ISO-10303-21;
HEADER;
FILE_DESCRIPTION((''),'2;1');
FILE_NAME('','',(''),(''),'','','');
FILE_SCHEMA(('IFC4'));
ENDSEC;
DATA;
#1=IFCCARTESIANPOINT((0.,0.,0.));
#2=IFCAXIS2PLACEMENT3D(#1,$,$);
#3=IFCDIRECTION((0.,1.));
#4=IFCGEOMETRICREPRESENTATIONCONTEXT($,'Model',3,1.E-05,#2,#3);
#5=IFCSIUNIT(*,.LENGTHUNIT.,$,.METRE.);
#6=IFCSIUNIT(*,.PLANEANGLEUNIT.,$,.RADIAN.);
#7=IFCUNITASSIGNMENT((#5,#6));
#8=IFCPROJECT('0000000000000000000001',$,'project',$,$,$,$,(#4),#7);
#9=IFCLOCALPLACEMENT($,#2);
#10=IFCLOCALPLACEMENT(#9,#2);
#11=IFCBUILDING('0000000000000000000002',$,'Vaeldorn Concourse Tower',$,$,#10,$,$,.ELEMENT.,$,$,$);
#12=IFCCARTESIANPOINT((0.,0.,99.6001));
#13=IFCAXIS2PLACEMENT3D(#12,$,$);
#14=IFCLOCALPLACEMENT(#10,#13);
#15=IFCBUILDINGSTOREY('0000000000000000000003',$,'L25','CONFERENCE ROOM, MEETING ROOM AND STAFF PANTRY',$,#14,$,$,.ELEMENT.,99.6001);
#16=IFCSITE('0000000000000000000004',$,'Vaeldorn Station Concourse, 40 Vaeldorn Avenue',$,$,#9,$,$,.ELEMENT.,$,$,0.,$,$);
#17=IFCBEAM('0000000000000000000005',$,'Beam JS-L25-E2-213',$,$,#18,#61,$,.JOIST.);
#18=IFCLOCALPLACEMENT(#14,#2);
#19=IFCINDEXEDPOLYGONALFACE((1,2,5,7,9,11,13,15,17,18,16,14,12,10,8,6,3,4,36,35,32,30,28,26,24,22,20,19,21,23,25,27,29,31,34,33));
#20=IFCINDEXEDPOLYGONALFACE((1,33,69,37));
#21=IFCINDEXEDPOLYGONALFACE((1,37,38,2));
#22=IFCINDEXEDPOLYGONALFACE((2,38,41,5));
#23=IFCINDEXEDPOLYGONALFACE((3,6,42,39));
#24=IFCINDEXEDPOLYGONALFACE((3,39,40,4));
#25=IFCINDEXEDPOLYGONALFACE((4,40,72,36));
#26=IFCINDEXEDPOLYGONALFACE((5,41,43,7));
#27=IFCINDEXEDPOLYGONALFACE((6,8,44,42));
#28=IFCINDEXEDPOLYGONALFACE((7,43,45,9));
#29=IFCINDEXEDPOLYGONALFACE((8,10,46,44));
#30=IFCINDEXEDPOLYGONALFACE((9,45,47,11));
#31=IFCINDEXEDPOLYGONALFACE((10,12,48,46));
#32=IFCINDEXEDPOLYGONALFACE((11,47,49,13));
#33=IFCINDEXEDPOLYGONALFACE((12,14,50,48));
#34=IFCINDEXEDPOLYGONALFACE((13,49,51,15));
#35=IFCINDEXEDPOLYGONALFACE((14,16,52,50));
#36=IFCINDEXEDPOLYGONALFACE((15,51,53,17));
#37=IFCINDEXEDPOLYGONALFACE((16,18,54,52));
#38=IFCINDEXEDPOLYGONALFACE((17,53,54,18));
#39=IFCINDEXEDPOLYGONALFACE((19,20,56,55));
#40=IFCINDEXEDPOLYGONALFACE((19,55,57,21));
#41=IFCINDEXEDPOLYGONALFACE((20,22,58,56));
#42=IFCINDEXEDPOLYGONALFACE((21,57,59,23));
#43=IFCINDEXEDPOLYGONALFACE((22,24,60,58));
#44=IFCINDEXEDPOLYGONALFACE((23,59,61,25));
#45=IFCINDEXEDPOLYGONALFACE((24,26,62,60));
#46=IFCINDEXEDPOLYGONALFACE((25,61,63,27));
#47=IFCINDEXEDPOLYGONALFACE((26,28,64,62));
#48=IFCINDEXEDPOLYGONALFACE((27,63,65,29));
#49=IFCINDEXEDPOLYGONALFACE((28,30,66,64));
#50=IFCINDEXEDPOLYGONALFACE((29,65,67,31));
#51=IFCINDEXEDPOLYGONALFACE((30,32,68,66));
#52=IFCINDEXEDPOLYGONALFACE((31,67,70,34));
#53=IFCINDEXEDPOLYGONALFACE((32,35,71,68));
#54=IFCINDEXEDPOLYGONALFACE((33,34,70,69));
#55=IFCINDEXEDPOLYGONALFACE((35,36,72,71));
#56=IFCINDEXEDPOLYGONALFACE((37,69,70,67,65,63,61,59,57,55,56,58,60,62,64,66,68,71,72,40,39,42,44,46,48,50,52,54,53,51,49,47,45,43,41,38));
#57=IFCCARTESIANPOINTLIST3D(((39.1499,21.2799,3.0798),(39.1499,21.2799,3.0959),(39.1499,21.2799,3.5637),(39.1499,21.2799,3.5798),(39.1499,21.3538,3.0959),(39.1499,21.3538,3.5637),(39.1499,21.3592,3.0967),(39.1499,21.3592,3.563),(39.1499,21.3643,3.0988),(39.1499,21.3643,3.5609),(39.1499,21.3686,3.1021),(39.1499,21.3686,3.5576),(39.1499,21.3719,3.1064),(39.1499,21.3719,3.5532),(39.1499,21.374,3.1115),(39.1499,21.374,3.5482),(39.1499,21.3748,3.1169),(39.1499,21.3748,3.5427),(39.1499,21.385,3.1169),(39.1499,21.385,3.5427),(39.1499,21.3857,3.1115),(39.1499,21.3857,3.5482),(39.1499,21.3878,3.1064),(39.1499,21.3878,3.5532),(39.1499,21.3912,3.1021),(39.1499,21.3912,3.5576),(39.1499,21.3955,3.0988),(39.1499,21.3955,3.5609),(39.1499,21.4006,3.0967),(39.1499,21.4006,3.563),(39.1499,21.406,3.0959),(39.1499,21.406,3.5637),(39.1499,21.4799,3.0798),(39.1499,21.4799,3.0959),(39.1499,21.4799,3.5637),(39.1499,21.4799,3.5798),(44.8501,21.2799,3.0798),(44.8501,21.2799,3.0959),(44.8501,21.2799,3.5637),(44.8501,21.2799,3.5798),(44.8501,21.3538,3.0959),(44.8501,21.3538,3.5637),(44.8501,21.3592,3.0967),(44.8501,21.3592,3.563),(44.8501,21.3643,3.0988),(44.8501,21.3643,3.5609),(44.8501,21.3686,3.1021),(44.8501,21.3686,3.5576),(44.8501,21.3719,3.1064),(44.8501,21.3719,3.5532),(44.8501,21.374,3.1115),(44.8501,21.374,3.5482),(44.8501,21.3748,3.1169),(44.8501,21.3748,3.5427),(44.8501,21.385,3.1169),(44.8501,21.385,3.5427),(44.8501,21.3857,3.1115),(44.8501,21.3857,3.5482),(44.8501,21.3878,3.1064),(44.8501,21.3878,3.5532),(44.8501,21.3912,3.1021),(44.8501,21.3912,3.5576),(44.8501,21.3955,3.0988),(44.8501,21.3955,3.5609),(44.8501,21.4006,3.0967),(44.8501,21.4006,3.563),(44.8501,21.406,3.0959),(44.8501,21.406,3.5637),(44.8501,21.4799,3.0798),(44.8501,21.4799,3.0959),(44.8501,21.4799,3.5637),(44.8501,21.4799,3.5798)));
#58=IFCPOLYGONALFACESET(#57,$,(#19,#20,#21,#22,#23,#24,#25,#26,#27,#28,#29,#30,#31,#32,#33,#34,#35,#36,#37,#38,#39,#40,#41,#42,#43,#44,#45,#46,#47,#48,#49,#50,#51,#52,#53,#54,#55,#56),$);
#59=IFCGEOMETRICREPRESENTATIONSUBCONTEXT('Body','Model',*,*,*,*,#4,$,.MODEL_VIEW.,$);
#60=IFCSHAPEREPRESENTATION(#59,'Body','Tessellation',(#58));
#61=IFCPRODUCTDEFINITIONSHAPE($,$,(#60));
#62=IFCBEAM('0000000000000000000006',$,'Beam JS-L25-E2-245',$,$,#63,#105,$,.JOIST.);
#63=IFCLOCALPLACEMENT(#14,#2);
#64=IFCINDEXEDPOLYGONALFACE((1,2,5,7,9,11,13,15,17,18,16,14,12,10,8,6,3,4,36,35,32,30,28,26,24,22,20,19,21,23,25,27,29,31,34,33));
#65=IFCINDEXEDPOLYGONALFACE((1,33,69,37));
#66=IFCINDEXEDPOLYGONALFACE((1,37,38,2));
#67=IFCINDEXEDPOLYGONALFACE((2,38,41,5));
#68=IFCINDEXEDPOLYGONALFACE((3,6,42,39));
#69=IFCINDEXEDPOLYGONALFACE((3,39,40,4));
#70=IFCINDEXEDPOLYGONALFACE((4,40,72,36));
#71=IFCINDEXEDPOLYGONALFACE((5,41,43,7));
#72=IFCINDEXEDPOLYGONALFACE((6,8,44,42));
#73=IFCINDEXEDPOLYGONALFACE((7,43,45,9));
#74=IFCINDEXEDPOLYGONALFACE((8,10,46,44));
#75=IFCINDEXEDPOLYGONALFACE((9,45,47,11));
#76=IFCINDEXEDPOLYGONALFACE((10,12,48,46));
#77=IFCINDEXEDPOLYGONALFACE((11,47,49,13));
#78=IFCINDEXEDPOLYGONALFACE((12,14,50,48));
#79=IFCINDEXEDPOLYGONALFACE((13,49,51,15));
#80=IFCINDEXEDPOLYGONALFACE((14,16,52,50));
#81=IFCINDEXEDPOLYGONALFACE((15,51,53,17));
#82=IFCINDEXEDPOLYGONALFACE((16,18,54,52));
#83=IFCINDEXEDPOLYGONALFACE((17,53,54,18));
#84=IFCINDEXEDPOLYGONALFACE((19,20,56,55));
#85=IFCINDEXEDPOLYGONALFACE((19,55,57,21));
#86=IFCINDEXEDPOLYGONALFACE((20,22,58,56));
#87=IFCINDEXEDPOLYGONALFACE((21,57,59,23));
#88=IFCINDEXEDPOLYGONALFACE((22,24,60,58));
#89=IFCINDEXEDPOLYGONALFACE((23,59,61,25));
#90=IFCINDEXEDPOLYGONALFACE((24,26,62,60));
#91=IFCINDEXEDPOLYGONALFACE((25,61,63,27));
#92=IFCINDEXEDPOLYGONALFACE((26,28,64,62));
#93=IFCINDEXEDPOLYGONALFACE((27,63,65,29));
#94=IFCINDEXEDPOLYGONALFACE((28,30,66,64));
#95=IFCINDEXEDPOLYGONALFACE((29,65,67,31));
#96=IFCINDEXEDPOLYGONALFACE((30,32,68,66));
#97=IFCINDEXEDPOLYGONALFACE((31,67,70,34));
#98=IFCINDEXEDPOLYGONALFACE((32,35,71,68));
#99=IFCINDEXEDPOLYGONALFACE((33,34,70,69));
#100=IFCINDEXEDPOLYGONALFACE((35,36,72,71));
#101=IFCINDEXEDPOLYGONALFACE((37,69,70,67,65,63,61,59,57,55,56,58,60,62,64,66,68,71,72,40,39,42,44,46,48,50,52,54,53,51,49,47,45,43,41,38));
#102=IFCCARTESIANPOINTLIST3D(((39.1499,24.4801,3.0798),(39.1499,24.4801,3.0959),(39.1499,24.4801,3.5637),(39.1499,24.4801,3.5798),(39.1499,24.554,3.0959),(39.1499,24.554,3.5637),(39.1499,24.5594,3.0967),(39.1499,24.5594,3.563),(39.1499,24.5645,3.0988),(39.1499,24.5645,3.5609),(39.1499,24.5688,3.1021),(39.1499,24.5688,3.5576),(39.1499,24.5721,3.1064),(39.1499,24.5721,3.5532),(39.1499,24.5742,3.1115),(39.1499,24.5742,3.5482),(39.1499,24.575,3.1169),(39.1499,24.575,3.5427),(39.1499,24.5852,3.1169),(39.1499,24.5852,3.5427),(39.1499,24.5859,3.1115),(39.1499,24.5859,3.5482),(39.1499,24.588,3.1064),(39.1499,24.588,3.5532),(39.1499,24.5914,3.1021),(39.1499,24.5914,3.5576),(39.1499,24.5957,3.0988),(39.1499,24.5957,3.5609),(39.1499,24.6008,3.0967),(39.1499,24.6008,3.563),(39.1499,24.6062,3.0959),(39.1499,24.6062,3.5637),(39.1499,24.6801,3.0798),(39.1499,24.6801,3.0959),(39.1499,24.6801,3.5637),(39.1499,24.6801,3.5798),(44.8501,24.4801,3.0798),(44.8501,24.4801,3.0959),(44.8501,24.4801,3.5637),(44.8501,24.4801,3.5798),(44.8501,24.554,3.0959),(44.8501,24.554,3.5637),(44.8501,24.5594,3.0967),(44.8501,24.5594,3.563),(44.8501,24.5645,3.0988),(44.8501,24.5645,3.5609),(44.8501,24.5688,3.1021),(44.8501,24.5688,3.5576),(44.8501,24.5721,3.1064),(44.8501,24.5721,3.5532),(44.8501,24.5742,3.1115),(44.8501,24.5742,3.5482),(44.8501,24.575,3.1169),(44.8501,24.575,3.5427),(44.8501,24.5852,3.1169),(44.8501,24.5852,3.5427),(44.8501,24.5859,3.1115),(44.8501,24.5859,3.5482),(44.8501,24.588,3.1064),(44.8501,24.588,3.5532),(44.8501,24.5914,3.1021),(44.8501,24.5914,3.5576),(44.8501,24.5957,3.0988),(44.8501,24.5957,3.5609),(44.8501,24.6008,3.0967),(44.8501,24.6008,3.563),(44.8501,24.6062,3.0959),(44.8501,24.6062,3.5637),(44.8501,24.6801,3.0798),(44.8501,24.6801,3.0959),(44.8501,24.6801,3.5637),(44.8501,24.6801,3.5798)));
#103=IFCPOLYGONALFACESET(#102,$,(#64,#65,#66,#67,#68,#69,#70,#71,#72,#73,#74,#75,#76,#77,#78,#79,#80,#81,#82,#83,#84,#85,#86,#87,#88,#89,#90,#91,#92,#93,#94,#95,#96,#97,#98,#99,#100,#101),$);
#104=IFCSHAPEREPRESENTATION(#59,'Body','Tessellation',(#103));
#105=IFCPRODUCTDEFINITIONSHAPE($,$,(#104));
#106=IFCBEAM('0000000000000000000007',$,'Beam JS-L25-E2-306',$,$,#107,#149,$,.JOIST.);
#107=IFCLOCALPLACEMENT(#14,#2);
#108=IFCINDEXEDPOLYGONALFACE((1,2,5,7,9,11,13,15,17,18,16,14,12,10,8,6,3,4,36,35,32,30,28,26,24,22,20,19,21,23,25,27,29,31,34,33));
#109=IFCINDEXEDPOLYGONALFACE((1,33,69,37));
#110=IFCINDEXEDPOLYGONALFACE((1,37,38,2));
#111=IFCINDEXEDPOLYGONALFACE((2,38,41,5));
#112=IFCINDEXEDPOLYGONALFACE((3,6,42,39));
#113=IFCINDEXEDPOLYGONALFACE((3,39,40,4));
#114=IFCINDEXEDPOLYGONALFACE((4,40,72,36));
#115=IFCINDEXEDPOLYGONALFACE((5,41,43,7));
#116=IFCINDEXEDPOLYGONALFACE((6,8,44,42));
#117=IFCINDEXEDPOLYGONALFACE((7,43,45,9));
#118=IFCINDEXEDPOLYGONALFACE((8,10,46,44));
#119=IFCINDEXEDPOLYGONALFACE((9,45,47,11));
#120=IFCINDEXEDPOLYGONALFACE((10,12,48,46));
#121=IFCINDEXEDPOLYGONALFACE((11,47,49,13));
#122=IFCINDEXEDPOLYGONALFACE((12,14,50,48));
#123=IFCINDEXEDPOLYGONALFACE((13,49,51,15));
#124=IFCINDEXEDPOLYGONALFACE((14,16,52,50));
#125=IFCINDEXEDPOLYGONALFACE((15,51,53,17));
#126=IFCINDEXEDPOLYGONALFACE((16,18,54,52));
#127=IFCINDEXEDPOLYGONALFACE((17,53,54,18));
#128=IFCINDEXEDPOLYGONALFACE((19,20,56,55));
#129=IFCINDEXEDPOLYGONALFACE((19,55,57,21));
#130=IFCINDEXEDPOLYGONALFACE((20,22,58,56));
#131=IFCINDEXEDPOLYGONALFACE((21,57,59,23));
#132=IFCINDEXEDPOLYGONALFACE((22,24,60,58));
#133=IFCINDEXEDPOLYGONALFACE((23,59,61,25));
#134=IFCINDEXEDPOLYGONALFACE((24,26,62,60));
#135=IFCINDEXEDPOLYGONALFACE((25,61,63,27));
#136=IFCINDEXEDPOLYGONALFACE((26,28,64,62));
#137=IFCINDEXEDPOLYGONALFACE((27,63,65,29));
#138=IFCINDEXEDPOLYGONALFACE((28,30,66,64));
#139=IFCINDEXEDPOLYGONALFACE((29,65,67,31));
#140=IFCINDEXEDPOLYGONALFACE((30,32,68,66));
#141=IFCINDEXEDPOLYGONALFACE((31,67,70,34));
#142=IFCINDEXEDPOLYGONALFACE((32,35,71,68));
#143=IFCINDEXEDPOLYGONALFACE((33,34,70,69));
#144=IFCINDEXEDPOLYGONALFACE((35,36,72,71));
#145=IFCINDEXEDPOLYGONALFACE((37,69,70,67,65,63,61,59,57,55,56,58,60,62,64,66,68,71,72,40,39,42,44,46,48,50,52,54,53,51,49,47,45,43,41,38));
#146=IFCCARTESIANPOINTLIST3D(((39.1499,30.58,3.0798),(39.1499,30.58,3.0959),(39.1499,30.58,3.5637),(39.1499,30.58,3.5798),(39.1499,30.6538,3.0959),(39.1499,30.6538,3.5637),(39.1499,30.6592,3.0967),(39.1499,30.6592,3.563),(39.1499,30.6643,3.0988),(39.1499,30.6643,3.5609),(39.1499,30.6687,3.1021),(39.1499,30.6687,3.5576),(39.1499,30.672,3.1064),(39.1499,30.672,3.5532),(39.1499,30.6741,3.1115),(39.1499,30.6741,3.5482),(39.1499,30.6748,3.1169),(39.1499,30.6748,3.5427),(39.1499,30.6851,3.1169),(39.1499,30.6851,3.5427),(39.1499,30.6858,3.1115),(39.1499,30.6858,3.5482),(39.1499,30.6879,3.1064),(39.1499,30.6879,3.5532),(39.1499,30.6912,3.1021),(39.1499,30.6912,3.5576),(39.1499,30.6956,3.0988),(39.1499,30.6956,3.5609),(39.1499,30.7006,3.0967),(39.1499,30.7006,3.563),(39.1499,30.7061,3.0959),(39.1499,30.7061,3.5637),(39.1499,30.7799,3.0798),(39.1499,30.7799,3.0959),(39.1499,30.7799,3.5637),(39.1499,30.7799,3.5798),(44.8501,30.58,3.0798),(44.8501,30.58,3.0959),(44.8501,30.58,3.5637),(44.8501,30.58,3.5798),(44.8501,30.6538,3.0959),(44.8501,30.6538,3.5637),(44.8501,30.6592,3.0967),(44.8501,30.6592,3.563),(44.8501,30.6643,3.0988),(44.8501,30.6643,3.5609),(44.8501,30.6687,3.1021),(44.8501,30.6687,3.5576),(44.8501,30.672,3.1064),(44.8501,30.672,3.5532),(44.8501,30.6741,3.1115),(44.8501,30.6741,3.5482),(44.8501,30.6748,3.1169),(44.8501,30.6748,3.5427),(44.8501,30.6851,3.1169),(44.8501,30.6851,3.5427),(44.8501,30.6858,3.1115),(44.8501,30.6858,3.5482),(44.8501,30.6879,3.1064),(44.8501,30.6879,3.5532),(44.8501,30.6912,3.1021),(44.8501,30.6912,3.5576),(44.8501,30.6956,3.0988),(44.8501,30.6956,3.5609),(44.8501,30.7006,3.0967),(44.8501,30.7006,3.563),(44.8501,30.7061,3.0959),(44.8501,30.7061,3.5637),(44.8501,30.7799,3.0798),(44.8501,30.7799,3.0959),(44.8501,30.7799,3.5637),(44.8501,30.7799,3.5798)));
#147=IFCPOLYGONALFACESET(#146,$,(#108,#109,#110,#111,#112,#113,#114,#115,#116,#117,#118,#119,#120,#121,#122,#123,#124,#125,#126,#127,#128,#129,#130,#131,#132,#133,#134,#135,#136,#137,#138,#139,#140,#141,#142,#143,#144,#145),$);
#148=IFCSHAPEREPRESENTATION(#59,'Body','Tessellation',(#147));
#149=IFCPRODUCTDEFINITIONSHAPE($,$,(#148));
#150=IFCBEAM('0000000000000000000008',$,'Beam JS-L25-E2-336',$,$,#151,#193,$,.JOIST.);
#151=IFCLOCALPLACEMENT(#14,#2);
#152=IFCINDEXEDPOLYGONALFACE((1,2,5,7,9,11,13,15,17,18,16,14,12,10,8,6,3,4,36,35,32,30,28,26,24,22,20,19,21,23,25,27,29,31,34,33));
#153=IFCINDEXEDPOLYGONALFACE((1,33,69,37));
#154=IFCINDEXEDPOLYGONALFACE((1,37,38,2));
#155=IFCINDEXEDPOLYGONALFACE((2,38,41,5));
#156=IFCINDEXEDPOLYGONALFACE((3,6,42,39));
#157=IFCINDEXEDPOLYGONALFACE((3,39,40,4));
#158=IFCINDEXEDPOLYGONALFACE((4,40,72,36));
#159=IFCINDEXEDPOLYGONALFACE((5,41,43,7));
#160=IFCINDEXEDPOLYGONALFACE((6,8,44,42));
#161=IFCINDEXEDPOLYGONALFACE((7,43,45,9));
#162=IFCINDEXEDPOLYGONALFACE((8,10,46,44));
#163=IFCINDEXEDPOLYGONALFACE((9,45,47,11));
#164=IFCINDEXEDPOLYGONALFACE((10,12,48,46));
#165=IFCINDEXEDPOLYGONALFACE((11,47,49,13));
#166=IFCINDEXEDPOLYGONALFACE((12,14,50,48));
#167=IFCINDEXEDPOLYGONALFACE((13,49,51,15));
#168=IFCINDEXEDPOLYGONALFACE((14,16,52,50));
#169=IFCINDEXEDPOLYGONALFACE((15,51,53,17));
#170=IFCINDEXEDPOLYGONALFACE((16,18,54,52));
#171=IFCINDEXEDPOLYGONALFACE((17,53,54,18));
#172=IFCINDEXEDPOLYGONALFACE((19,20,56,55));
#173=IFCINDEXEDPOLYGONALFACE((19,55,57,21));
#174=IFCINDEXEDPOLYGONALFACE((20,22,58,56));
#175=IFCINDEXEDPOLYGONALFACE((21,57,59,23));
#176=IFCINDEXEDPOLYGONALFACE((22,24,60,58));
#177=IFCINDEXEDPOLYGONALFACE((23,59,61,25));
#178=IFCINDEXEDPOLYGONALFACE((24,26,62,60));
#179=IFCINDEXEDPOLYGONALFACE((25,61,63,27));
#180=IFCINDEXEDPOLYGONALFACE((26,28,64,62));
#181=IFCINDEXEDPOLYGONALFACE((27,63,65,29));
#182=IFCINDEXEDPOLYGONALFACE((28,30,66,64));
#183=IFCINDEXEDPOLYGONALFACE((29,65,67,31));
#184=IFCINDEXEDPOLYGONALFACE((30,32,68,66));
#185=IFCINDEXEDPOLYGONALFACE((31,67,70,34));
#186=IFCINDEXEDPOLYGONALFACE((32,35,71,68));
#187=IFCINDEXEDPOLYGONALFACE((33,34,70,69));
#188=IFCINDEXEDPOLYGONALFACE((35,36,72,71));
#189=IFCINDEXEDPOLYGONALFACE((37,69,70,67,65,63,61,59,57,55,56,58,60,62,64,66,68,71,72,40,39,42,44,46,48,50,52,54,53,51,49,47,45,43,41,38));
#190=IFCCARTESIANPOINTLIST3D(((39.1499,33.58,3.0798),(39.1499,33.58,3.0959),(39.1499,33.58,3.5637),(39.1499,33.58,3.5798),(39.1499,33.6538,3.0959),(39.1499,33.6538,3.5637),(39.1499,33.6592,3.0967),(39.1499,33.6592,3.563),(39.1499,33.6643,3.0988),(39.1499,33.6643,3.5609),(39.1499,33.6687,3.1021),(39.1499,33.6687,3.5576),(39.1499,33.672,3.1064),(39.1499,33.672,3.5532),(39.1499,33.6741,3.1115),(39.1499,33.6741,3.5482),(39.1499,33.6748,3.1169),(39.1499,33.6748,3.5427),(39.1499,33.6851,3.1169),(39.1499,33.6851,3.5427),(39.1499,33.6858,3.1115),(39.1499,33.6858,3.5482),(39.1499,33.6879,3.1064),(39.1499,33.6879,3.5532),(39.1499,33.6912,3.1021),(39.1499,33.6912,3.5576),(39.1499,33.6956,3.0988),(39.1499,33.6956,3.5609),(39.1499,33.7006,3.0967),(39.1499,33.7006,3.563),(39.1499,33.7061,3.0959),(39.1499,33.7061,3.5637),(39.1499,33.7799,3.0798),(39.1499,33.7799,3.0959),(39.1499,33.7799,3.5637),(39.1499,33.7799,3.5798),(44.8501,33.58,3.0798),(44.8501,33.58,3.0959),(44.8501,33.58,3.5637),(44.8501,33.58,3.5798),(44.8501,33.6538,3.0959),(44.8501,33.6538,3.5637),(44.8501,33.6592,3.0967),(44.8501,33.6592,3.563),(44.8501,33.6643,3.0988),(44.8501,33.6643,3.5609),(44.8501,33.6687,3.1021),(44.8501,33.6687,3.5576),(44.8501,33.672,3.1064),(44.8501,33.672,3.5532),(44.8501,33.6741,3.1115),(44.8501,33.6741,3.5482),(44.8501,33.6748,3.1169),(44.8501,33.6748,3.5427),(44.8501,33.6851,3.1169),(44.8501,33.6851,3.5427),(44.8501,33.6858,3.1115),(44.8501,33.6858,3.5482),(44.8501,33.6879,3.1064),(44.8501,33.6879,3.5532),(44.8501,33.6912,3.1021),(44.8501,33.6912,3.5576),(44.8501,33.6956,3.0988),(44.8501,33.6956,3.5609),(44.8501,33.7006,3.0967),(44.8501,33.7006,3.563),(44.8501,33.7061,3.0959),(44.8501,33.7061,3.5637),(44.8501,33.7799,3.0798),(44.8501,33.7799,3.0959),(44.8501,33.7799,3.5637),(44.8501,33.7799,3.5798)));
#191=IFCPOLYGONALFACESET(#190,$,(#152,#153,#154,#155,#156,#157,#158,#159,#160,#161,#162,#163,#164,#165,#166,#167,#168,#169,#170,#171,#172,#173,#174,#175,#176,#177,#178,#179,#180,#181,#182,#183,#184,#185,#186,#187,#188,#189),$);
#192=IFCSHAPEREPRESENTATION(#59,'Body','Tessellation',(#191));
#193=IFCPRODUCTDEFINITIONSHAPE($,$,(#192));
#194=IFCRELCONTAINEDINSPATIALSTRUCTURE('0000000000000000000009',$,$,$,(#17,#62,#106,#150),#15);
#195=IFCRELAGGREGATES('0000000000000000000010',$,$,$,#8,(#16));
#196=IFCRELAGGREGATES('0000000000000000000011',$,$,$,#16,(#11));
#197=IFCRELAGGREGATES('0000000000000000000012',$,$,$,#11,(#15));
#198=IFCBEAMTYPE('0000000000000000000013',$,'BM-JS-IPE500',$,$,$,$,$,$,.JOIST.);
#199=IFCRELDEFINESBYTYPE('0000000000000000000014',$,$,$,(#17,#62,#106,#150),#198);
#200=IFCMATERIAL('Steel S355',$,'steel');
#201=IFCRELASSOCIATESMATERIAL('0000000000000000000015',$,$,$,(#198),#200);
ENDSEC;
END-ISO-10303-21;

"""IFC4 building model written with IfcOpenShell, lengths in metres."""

from ifc_helpers import new_model, si_unit, direction, frame, origin, origin_2d, place, context, subcontext, project, spatial, i_section, extrude, source, transform, mapped, material, material_profile, profile_set, type_object, element, save


model = new_model("IFC4")

# Units and contexts
model_context = context("Model", 3, precision=1e-05, world=origin(), true_north=direction((0.0, 1.0)))
body_context = subcontext(model_context, "Body", "Model", "MODEL_VIEW")
ifc_project = project(units=[si_unit("LENGTHUNIT", "METRE"), si_unit("PLANEANGLEUNIT", "RADIAN")], contexts=[model_context])

# Site, building, storey
site_placement = place(None, origin())
site = spatial("IfcSite", under=ifc_project, at=site_placement, Name="Vaeldorn Station Concourse, 40 Vaeldorn Avenue", CompositionType="ELEMENT", RefElevation=0.0)
building_placement = place(site_placement, origin())
building = spatial("IfcBuilding", under=site, at=building_placement, Name="Vaeldorn Concourse Tower", CompositionType="ELEMENT")
storey_placement = place(building_placement, frame((0.0, 0.0, 99.6001)))
storey = spatial("IfcBuildingStorey", under=building, at=storey_placement, Name="L25", Description="CONFERENCE ROOM, MEETING ROOM AND STAFF PANTRY", CompositionType="ELEMENT", Elevation=99.6001)

# Beams
ifc_material_1 = material(Name="Steel S355", Category="steel")
ifc_material_profile_1 = material_profile(ifc_material_1, i_section(OverallWidth=0.2, OverallDepth=0.5, WebThickness=0.0103, FlangeThickness=0.0161, FilletRadius=0.021, at=origin_2d()), Name="IPE 500")
ifc_profile_set_1 = profile_set([ifc_material_profile_1], Name="Steel S355")
beam_type_1 = type_object("IfcBeamType", Name="BM-JS-IPE500", PredefinedType="JOIST", material=ifc_profile_set_1)
shared_shape_1 = source(origin(), body_context, "Body", "SweptSolid", [
    extrude(i_section(OverallWidth=0.2, OverallDepth=0.5, WebThickness=0.0103, FlangeThickness=0.0161, FilletRadius=0.021, at=origin_2d()), origin(), (0.0, 0.0, 1.0), 5.7002),
])
for number, where, z_axis, x_axis, name in (
    (1, (39.1499, 21.3799, 3.3298), (1.0, 0.0, 0.0), (0.0, 1.0, 0.0), "Beam JS-L25-E2-213"),
    (2, (39.1499, 24.5801, 3.3298), (1.0, 0.0, 0.0), (0.0, 1.0, 0.0), "Beam JS-L25-E2-245"),
    (3, (39.1499, 30.6799, 3.3298), (1.0, 0.0, 0.0), (0.0, 1.0, 0.0), "Beam JS-L25-E2-306"),
    (4, (39.1499, 33.6799, 3.3298), (1.0, 0.0, 0.0), (0.0, 1.0, 0.0), "Beam JS-L25-E2-336"),
):
    element("IfcBeam", number, at=place(storey_placement, frame(where, z_axis=z_axis, x_axis=x_axis)), inside=storey, type_object=beam_type_1, Name=name, PredefinedType="JOIST", context=body_context, shape_type="MappedRepresentation", body=[
        mapped(shared_shape_1, transform((0.0, 0.0, 0.0), scale=1.0)),
    ])

save(model, "model.ifc")
